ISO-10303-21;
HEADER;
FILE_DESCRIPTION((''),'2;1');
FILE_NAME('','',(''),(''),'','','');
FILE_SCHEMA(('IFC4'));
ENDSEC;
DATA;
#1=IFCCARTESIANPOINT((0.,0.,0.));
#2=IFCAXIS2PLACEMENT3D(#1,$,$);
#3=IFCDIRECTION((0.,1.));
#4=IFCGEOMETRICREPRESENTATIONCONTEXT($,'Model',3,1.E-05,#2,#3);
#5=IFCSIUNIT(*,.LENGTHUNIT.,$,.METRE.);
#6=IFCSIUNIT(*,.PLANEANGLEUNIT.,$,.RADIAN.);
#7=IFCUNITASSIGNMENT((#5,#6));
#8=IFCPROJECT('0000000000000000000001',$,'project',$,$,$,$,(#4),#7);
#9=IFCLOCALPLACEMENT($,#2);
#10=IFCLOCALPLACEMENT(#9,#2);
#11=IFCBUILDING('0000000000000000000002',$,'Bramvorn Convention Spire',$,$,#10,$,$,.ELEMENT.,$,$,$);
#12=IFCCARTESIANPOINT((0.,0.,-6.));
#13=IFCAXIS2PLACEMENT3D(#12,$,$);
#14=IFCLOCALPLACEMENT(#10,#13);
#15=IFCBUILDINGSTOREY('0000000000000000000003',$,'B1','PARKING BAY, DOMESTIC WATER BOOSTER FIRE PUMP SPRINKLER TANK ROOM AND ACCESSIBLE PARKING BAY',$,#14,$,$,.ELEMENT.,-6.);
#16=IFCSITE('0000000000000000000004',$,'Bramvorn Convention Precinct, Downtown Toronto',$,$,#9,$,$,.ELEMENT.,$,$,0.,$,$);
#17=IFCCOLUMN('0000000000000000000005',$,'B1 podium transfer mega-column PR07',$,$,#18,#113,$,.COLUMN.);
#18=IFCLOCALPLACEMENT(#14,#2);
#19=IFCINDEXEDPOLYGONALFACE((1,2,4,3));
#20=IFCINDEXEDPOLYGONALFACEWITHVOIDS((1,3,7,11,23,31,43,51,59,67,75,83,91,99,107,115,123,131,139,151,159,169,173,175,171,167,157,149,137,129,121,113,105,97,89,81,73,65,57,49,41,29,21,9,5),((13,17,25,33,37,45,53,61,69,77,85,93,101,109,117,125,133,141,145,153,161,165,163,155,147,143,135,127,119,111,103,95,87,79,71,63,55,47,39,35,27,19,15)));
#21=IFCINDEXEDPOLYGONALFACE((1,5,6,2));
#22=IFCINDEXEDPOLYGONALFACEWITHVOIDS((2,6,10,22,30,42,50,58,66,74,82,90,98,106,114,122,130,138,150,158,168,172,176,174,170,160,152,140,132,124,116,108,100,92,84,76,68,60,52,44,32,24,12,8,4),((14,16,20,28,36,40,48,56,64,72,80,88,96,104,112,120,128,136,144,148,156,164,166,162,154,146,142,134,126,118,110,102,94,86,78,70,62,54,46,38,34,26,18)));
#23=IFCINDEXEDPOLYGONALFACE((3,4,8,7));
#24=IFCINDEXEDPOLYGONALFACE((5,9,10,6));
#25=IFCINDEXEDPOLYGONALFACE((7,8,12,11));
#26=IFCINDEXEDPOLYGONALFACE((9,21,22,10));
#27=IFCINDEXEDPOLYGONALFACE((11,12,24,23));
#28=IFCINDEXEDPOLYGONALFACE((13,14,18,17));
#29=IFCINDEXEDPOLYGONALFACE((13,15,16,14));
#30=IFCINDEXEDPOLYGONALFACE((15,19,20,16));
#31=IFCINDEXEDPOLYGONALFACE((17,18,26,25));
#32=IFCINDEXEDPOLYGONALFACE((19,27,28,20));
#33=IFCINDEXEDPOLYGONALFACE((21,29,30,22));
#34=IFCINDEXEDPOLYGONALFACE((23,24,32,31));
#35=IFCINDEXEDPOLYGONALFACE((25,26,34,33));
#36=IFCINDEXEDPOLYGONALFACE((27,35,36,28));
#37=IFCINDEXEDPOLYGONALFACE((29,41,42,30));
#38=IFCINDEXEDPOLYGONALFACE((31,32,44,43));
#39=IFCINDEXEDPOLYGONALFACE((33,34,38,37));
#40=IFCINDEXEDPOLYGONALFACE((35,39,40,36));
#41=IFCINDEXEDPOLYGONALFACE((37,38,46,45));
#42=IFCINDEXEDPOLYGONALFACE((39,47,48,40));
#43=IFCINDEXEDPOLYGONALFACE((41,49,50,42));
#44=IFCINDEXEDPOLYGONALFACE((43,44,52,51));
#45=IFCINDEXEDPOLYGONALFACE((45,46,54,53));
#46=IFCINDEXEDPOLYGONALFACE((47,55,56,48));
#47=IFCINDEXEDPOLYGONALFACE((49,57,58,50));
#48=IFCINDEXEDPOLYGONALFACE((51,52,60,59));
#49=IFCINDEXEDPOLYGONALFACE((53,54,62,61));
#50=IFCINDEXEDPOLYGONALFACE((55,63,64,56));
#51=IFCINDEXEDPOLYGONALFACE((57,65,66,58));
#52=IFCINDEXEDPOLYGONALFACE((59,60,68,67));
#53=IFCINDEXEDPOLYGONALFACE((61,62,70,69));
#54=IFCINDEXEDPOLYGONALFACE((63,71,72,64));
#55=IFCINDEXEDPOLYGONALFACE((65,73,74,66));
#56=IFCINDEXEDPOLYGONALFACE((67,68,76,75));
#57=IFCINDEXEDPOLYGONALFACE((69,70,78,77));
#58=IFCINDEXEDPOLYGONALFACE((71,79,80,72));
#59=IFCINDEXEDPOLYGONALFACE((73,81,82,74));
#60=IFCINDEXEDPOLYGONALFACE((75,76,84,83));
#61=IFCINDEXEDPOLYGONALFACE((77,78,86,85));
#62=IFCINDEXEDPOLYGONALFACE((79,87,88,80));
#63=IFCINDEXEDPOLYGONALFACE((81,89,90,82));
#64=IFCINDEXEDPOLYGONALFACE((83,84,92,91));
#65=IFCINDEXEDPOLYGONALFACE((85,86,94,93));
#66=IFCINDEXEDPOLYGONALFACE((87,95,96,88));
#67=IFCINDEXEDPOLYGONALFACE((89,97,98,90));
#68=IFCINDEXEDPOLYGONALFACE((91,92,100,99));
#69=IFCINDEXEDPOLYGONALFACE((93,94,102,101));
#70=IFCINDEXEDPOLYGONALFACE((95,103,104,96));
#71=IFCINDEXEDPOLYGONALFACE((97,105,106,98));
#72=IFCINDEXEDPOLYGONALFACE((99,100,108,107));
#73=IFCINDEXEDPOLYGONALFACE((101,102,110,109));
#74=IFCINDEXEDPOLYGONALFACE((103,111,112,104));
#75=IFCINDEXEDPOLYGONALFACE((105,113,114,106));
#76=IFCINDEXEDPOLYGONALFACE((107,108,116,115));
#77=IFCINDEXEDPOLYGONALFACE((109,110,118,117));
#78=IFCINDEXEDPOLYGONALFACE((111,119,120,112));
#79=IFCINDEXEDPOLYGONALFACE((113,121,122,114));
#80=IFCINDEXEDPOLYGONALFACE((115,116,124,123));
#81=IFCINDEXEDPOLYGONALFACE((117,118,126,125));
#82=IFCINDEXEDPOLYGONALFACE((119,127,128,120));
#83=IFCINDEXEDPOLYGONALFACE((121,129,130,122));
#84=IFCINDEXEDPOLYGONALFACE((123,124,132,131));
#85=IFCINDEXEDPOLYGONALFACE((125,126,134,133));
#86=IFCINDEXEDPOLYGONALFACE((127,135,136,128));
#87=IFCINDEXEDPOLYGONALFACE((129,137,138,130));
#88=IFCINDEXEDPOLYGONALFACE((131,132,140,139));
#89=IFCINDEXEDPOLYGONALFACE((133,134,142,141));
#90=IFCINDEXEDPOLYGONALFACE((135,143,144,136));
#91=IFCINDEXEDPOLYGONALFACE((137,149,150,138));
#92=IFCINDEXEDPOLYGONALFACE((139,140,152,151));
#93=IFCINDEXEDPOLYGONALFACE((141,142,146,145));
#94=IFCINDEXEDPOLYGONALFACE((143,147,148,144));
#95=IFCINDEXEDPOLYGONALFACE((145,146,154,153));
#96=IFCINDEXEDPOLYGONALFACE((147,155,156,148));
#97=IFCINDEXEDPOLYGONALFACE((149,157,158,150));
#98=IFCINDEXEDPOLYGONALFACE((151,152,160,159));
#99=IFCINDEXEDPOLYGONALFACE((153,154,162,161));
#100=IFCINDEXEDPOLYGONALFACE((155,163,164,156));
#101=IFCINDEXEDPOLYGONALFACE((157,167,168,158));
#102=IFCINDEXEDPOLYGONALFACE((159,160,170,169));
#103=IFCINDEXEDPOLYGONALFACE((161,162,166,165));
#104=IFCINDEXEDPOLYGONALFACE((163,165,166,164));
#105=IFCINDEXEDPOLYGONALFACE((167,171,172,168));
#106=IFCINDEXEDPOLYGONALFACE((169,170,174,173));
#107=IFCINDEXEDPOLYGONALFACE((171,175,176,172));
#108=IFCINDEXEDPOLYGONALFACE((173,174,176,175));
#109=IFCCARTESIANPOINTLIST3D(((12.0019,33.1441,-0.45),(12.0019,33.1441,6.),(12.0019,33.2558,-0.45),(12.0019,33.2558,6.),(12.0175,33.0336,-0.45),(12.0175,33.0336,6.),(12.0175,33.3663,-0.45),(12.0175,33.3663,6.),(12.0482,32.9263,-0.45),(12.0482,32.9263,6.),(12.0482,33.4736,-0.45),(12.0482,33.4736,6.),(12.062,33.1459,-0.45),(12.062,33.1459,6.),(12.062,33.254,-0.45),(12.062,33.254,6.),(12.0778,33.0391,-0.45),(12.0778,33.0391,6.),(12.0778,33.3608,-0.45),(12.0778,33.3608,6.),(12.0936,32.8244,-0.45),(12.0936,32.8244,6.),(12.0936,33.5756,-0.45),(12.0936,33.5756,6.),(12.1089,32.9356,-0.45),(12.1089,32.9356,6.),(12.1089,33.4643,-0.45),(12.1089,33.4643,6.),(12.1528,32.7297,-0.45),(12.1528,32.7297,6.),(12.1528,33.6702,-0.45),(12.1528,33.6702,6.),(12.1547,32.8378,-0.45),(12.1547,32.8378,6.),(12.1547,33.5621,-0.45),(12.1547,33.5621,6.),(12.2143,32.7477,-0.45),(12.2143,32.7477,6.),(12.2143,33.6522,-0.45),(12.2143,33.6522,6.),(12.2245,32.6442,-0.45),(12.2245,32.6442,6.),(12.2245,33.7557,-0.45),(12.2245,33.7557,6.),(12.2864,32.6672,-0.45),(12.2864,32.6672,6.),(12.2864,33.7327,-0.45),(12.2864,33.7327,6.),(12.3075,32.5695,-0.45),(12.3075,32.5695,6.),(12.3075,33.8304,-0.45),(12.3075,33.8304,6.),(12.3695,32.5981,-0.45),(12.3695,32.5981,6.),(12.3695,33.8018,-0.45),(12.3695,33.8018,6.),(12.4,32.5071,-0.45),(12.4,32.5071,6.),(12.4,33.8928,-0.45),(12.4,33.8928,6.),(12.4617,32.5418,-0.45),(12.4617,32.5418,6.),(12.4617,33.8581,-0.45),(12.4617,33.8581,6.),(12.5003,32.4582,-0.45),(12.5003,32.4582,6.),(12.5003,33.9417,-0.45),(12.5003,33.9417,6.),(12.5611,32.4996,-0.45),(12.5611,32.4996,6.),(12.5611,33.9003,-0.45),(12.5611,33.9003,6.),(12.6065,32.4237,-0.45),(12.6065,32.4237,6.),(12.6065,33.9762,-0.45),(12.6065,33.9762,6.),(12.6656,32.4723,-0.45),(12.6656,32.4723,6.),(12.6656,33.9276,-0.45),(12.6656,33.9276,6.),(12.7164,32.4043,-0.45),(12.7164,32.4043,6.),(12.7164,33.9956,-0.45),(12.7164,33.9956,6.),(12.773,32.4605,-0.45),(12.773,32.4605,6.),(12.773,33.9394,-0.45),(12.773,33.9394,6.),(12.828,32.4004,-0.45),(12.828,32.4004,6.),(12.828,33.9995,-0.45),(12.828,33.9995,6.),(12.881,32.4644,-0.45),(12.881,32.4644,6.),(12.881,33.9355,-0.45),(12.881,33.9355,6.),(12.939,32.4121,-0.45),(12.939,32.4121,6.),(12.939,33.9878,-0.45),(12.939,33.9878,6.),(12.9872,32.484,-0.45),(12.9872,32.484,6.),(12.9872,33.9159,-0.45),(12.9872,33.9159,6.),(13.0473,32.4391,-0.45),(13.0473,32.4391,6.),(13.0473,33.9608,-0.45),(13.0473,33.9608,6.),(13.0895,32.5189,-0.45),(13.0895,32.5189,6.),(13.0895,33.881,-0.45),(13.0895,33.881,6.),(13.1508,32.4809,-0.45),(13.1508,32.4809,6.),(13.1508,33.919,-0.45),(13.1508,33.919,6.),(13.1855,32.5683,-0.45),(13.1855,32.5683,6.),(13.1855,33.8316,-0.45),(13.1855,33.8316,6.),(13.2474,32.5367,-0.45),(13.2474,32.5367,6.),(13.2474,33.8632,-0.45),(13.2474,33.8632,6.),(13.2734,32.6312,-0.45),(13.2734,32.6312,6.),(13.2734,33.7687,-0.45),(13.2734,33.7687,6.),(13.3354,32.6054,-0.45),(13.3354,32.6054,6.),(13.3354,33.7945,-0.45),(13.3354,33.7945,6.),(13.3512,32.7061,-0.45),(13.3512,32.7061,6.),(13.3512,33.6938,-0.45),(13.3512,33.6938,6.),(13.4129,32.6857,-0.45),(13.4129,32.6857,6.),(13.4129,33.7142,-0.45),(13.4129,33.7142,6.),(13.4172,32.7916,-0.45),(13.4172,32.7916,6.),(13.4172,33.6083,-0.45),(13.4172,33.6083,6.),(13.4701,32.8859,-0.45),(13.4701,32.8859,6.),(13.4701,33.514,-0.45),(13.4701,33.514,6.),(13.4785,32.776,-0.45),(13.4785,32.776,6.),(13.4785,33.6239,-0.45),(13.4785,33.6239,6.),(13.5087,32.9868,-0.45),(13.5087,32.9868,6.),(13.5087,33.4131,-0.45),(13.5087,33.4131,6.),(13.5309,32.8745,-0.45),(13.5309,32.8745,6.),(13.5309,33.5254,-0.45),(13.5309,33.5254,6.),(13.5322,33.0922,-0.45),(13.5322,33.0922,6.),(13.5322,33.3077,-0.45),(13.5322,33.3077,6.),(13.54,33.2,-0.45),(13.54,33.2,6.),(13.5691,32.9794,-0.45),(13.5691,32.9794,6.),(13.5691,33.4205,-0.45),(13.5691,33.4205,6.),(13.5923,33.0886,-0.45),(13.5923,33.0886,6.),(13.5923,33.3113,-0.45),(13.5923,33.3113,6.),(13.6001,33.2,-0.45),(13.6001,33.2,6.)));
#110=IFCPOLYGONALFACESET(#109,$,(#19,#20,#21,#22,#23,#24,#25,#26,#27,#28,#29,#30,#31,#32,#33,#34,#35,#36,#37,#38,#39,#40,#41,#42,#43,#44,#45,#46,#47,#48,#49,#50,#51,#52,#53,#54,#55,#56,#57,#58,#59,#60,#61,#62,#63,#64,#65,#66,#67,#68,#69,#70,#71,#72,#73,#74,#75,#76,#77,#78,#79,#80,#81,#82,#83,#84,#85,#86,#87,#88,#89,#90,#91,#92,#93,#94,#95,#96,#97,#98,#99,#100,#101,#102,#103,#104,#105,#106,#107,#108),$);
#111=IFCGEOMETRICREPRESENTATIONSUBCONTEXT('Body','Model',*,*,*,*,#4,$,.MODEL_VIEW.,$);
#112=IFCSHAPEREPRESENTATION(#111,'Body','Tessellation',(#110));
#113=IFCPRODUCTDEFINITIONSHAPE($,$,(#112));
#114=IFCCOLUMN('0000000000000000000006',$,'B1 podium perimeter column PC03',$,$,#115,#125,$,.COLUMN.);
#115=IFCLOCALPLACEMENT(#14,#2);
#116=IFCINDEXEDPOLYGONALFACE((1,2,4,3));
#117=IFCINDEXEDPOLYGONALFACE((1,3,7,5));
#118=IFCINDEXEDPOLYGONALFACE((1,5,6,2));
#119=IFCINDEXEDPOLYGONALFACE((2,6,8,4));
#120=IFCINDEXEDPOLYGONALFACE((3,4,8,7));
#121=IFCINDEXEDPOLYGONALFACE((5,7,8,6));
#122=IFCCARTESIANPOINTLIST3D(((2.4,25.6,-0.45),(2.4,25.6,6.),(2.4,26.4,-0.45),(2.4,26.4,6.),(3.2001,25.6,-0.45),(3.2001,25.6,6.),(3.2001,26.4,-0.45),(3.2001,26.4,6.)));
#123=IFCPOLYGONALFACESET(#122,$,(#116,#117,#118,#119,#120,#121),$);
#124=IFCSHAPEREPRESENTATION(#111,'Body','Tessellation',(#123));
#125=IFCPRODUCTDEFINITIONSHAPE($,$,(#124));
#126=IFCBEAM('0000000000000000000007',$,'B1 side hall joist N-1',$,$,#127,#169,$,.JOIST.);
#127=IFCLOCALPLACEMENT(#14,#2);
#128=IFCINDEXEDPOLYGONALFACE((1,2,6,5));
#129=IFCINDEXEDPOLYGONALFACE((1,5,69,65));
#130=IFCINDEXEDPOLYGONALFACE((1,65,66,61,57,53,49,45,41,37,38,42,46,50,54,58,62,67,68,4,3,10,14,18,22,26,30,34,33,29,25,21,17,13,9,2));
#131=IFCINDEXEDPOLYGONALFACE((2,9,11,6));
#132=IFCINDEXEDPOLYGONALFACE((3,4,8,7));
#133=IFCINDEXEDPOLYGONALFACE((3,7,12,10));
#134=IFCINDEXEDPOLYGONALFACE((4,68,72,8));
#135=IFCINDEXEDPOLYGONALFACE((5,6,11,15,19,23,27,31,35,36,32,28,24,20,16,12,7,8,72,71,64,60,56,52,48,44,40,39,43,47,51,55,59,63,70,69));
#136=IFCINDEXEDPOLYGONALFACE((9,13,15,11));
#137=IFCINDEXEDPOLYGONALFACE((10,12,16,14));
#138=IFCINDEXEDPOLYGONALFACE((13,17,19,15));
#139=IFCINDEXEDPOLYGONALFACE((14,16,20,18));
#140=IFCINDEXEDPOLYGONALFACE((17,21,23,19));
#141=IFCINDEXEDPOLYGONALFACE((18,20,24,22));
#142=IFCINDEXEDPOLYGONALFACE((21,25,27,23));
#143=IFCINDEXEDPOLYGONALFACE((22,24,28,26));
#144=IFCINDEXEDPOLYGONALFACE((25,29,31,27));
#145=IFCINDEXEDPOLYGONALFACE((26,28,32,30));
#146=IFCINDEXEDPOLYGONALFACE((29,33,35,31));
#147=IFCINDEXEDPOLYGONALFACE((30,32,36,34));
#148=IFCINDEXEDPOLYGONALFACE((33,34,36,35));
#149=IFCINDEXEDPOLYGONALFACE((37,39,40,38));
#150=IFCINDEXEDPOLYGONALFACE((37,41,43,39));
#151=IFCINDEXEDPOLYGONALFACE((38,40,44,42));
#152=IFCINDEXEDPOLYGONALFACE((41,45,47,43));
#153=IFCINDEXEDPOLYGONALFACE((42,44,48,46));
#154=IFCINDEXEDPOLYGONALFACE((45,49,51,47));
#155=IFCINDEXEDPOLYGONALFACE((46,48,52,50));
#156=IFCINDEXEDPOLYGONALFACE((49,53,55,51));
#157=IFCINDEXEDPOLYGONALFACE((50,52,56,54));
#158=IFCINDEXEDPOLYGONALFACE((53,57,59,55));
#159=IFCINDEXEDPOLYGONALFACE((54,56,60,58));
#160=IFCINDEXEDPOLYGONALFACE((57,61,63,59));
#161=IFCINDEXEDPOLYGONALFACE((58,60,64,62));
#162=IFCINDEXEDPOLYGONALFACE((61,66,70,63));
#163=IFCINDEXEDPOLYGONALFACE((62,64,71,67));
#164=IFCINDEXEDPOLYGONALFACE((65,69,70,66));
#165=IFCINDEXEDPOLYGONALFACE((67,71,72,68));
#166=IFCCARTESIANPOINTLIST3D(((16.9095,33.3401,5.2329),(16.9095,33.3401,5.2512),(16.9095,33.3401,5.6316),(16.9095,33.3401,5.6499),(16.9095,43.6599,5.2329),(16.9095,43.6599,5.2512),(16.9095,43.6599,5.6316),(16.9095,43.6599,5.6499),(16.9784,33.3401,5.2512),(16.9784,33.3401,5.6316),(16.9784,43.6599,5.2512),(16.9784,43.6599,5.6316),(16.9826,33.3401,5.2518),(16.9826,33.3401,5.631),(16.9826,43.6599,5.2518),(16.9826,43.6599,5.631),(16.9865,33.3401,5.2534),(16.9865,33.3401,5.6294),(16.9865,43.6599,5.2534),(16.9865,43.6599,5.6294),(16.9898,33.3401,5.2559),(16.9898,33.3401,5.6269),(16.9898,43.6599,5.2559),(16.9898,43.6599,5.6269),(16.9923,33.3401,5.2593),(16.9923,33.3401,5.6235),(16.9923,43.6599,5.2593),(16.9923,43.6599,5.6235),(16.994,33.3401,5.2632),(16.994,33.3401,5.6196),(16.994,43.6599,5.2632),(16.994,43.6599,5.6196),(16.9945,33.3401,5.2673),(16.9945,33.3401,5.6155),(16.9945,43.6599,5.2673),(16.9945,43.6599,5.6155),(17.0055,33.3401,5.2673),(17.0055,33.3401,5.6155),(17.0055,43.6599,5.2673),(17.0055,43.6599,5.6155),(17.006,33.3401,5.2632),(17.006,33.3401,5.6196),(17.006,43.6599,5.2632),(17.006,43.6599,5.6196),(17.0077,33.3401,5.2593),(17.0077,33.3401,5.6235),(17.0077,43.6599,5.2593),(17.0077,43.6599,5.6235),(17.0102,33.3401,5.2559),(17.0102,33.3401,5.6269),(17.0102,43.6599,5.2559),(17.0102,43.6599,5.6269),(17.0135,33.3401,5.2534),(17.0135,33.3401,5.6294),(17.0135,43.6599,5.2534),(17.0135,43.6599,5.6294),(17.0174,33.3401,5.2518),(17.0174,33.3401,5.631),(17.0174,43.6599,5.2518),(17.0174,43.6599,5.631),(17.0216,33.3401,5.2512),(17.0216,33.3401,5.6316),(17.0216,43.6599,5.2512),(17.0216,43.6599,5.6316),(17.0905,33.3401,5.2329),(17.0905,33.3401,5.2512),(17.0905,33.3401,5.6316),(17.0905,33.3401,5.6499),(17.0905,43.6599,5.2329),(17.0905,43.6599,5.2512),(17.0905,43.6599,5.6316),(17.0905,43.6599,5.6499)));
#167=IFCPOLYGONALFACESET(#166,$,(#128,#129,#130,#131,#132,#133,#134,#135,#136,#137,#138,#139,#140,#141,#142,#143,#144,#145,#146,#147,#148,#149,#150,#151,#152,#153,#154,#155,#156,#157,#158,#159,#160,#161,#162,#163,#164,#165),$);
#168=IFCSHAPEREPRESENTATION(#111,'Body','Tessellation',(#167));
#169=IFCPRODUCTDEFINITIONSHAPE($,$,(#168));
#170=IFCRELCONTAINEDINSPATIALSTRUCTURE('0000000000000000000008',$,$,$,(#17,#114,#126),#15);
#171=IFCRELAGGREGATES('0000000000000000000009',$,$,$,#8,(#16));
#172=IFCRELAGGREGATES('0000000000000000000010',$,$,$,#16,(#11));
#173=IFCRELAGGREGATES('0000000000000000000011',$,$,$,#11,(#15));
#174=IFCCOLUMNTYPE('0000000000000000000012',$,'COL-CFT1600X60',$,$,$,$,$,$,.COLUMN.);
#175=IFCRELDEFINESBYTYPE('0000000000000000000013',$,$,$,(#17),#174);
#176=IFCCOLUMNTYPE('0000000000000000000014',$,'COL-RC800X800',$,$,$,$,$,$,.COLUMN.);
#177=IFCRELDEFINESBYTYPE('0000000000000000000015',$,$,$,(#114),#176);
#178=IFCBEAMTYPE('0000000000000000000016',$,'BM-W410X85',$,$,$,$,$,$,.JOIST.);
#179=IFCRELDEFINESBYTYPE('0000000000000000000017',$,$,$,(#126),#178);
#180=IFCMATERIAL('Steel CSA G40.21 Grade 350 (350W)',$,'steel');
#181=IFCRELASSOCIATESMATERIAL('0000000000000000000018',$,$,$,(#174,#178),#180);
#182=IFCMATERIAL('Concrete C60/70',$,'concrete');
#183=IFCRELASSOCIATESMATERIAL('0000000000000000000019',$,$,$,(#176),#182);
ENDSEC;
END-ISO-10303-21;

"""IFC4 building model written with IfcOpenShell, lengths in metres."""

from ifc_helpers import new_model, si_unit, direction, frame, origin, origin_2d, place, context, subcontext, project, spatial, rectangle, hollow_circle, i_section, extrude, material, material_profile, profile_set, type_object, element, save


model = new_model("IFC4")

# Units and contexts
model_context = context("Model", 3, precision=1e-05, world=origin(), true_north=direction((0.0, 1.0)))
body_context = subcontext(model_context, "Body", "Model", "MODEL_VIEW")
ifc_project = project(units=[si_unit("LENGTHUNIT", "METRE"), si_unit("PLANEANGLEUNIT", "RADIAN")], contexts=[model_context])

# Site, building, storey
site_placement = place(None, origin())
site = spatial("IfcSite", under=ifc_project, at=site_placement, Name="Bramvorn Convention Precinct, Downtown Toronto", CompositionType="ELEMENT", RefElevation=0.0)
building_placement = place(site_placement, origin())
building = spatial("IfcBuilding", under=site, at=building_placement, Name="Bramvorn Convention Spire", CompositionType="ELEMENT")
storey_placement = place(building_placement, frame((0.0, 0.0, -6.0)))
storey = spatial("IfcBuildingStorey", under=building, at=storey_placement, Name="B1", Description="PARKING BAY, DOMESTIC WATER BOOSTER FIRE PUMP SPRINKLER TANK ROOM AND ACCESSIBLE PARKING BAY", CompositionType="ELEMENT", Elevation=-6.0)

# Shared definitions
ifc_material_1 = material(Name="Concrete C60/70", Category="concrete")

# Columns
ifc_material_2 = material(Name="Steel CSA G40.21 Grade 350 (350W)", Category="steel")
ifc_material_profile_1 = material_profile(ifc_material_2, hollow_circle(Radius=0.8, WallThickness=0.0601, at=origin_2d()))
ifc_profile_set_1 = profile_set([ifc_material_profile_1], Name="Steel CSA G40.21 Grade 350 (350W) - CFT1600X60")
column_type_1 = type_object("IfcColumnType", Name="COL-CFT1600X60", PredefinedType="COLUMN", material=ifc_profile_set_1)
column_1_placement = place(storey_placement, frame((12.8, 33.2, -0.45), z_axis=(0.0, 0.0, 1.0), x_axis=(1.0, 0.0, 0.0)))
element("IfcColumn", 1, at=column_1_placement, inside=storey, type_object=column_type_1, Name="B1 podium transfer mega-column PR07", PredefinedType="COLUMN", context=body_context, shape_type="SweptSolid", body=[
    extrude(hollow_circle(Radius=0.8, WallThickness=0.0601, at=origin_2d()), origin(), (0.0, 0.0, 1.0), 6.45),
])
ifc_material_profile_2 = material_profile(ifc_material_1, rectangle(XDim=0.8, YDim=0.8, at=origin_2d()))
ifc_profile_set_2 = profile_set([ifc_material_profile_2], Name="Concrete C60/70 - RC800X800")
column_type_2 = type_object("IfcColumnType", Name="COL-RC800X800", PredefinedType="COLUMN", material=ifc_profile_set_2)
column_2_placement = place(storey_placement, frame((2.8, 26.0, -0.45), z_axis=(0.0, 0.0, 1.0), x_axis=(1.0, 0.0, 0.0)))
element("IfcColumn", 2, at=column_2_placement, inside=storey, type_object=column_type_2, Name="B1 podium perimeter column PC03", PredefinedType="COLUMN", context=body_context, shape_type="SweptSolid", body=[
    extrude(rectangle(XDim=0.8, YDim=0.8, at=origin_2d()), origin(), (0.0, 0.0, 1.0), 6.45),
])

# Beam
ifc_material_profile_3 = material_profile(ifc_material_2, i_section(OverallWidth=0.1809, OverallDepth=0.417, WebThickness=0.011, FlangeThickness=0.0183, FilletRadius=0.0161, at=origin_2d()))
ifc_profile_set_3 = profile_set([ifc_material_profile_3], Name="Steel CSA G40.21 Grade 350 (350W) - W410X85")
beam_type_1 = type_object("IfcBeamType", Name="BM-W410X85", PredefinedType="JOIST", material=ifc_profile_set_3)
for number, where, z_axis, x_axis, name in (
    (3, (17.0, 33.3401, 5.4414), (0.0, 1.0, 0.0), (-1.0, 0.0, 0.0), "B1 side hall joist N-1"),
):
    element("IfcBeam", number, at=place(storey_placement, frame(where, z_axis=z_axis, x_axis=x_axis)), inside=storey, type_object=beam_type_1, Name=name, PredefinedType="JOIST", context=body_context, shape_type="SweptSolid", body=[
        extrude(i_section(OverallWidth=0.1809, OverallDepth=0.417, WebThickness=0.011, FlangeThickness=0.0183, FilletRadius=0.0161, at=origin_2d()), origin(), (0.0, 0.0, 1.0), 10.3198),
    ])

save(model, "model.ifc")
